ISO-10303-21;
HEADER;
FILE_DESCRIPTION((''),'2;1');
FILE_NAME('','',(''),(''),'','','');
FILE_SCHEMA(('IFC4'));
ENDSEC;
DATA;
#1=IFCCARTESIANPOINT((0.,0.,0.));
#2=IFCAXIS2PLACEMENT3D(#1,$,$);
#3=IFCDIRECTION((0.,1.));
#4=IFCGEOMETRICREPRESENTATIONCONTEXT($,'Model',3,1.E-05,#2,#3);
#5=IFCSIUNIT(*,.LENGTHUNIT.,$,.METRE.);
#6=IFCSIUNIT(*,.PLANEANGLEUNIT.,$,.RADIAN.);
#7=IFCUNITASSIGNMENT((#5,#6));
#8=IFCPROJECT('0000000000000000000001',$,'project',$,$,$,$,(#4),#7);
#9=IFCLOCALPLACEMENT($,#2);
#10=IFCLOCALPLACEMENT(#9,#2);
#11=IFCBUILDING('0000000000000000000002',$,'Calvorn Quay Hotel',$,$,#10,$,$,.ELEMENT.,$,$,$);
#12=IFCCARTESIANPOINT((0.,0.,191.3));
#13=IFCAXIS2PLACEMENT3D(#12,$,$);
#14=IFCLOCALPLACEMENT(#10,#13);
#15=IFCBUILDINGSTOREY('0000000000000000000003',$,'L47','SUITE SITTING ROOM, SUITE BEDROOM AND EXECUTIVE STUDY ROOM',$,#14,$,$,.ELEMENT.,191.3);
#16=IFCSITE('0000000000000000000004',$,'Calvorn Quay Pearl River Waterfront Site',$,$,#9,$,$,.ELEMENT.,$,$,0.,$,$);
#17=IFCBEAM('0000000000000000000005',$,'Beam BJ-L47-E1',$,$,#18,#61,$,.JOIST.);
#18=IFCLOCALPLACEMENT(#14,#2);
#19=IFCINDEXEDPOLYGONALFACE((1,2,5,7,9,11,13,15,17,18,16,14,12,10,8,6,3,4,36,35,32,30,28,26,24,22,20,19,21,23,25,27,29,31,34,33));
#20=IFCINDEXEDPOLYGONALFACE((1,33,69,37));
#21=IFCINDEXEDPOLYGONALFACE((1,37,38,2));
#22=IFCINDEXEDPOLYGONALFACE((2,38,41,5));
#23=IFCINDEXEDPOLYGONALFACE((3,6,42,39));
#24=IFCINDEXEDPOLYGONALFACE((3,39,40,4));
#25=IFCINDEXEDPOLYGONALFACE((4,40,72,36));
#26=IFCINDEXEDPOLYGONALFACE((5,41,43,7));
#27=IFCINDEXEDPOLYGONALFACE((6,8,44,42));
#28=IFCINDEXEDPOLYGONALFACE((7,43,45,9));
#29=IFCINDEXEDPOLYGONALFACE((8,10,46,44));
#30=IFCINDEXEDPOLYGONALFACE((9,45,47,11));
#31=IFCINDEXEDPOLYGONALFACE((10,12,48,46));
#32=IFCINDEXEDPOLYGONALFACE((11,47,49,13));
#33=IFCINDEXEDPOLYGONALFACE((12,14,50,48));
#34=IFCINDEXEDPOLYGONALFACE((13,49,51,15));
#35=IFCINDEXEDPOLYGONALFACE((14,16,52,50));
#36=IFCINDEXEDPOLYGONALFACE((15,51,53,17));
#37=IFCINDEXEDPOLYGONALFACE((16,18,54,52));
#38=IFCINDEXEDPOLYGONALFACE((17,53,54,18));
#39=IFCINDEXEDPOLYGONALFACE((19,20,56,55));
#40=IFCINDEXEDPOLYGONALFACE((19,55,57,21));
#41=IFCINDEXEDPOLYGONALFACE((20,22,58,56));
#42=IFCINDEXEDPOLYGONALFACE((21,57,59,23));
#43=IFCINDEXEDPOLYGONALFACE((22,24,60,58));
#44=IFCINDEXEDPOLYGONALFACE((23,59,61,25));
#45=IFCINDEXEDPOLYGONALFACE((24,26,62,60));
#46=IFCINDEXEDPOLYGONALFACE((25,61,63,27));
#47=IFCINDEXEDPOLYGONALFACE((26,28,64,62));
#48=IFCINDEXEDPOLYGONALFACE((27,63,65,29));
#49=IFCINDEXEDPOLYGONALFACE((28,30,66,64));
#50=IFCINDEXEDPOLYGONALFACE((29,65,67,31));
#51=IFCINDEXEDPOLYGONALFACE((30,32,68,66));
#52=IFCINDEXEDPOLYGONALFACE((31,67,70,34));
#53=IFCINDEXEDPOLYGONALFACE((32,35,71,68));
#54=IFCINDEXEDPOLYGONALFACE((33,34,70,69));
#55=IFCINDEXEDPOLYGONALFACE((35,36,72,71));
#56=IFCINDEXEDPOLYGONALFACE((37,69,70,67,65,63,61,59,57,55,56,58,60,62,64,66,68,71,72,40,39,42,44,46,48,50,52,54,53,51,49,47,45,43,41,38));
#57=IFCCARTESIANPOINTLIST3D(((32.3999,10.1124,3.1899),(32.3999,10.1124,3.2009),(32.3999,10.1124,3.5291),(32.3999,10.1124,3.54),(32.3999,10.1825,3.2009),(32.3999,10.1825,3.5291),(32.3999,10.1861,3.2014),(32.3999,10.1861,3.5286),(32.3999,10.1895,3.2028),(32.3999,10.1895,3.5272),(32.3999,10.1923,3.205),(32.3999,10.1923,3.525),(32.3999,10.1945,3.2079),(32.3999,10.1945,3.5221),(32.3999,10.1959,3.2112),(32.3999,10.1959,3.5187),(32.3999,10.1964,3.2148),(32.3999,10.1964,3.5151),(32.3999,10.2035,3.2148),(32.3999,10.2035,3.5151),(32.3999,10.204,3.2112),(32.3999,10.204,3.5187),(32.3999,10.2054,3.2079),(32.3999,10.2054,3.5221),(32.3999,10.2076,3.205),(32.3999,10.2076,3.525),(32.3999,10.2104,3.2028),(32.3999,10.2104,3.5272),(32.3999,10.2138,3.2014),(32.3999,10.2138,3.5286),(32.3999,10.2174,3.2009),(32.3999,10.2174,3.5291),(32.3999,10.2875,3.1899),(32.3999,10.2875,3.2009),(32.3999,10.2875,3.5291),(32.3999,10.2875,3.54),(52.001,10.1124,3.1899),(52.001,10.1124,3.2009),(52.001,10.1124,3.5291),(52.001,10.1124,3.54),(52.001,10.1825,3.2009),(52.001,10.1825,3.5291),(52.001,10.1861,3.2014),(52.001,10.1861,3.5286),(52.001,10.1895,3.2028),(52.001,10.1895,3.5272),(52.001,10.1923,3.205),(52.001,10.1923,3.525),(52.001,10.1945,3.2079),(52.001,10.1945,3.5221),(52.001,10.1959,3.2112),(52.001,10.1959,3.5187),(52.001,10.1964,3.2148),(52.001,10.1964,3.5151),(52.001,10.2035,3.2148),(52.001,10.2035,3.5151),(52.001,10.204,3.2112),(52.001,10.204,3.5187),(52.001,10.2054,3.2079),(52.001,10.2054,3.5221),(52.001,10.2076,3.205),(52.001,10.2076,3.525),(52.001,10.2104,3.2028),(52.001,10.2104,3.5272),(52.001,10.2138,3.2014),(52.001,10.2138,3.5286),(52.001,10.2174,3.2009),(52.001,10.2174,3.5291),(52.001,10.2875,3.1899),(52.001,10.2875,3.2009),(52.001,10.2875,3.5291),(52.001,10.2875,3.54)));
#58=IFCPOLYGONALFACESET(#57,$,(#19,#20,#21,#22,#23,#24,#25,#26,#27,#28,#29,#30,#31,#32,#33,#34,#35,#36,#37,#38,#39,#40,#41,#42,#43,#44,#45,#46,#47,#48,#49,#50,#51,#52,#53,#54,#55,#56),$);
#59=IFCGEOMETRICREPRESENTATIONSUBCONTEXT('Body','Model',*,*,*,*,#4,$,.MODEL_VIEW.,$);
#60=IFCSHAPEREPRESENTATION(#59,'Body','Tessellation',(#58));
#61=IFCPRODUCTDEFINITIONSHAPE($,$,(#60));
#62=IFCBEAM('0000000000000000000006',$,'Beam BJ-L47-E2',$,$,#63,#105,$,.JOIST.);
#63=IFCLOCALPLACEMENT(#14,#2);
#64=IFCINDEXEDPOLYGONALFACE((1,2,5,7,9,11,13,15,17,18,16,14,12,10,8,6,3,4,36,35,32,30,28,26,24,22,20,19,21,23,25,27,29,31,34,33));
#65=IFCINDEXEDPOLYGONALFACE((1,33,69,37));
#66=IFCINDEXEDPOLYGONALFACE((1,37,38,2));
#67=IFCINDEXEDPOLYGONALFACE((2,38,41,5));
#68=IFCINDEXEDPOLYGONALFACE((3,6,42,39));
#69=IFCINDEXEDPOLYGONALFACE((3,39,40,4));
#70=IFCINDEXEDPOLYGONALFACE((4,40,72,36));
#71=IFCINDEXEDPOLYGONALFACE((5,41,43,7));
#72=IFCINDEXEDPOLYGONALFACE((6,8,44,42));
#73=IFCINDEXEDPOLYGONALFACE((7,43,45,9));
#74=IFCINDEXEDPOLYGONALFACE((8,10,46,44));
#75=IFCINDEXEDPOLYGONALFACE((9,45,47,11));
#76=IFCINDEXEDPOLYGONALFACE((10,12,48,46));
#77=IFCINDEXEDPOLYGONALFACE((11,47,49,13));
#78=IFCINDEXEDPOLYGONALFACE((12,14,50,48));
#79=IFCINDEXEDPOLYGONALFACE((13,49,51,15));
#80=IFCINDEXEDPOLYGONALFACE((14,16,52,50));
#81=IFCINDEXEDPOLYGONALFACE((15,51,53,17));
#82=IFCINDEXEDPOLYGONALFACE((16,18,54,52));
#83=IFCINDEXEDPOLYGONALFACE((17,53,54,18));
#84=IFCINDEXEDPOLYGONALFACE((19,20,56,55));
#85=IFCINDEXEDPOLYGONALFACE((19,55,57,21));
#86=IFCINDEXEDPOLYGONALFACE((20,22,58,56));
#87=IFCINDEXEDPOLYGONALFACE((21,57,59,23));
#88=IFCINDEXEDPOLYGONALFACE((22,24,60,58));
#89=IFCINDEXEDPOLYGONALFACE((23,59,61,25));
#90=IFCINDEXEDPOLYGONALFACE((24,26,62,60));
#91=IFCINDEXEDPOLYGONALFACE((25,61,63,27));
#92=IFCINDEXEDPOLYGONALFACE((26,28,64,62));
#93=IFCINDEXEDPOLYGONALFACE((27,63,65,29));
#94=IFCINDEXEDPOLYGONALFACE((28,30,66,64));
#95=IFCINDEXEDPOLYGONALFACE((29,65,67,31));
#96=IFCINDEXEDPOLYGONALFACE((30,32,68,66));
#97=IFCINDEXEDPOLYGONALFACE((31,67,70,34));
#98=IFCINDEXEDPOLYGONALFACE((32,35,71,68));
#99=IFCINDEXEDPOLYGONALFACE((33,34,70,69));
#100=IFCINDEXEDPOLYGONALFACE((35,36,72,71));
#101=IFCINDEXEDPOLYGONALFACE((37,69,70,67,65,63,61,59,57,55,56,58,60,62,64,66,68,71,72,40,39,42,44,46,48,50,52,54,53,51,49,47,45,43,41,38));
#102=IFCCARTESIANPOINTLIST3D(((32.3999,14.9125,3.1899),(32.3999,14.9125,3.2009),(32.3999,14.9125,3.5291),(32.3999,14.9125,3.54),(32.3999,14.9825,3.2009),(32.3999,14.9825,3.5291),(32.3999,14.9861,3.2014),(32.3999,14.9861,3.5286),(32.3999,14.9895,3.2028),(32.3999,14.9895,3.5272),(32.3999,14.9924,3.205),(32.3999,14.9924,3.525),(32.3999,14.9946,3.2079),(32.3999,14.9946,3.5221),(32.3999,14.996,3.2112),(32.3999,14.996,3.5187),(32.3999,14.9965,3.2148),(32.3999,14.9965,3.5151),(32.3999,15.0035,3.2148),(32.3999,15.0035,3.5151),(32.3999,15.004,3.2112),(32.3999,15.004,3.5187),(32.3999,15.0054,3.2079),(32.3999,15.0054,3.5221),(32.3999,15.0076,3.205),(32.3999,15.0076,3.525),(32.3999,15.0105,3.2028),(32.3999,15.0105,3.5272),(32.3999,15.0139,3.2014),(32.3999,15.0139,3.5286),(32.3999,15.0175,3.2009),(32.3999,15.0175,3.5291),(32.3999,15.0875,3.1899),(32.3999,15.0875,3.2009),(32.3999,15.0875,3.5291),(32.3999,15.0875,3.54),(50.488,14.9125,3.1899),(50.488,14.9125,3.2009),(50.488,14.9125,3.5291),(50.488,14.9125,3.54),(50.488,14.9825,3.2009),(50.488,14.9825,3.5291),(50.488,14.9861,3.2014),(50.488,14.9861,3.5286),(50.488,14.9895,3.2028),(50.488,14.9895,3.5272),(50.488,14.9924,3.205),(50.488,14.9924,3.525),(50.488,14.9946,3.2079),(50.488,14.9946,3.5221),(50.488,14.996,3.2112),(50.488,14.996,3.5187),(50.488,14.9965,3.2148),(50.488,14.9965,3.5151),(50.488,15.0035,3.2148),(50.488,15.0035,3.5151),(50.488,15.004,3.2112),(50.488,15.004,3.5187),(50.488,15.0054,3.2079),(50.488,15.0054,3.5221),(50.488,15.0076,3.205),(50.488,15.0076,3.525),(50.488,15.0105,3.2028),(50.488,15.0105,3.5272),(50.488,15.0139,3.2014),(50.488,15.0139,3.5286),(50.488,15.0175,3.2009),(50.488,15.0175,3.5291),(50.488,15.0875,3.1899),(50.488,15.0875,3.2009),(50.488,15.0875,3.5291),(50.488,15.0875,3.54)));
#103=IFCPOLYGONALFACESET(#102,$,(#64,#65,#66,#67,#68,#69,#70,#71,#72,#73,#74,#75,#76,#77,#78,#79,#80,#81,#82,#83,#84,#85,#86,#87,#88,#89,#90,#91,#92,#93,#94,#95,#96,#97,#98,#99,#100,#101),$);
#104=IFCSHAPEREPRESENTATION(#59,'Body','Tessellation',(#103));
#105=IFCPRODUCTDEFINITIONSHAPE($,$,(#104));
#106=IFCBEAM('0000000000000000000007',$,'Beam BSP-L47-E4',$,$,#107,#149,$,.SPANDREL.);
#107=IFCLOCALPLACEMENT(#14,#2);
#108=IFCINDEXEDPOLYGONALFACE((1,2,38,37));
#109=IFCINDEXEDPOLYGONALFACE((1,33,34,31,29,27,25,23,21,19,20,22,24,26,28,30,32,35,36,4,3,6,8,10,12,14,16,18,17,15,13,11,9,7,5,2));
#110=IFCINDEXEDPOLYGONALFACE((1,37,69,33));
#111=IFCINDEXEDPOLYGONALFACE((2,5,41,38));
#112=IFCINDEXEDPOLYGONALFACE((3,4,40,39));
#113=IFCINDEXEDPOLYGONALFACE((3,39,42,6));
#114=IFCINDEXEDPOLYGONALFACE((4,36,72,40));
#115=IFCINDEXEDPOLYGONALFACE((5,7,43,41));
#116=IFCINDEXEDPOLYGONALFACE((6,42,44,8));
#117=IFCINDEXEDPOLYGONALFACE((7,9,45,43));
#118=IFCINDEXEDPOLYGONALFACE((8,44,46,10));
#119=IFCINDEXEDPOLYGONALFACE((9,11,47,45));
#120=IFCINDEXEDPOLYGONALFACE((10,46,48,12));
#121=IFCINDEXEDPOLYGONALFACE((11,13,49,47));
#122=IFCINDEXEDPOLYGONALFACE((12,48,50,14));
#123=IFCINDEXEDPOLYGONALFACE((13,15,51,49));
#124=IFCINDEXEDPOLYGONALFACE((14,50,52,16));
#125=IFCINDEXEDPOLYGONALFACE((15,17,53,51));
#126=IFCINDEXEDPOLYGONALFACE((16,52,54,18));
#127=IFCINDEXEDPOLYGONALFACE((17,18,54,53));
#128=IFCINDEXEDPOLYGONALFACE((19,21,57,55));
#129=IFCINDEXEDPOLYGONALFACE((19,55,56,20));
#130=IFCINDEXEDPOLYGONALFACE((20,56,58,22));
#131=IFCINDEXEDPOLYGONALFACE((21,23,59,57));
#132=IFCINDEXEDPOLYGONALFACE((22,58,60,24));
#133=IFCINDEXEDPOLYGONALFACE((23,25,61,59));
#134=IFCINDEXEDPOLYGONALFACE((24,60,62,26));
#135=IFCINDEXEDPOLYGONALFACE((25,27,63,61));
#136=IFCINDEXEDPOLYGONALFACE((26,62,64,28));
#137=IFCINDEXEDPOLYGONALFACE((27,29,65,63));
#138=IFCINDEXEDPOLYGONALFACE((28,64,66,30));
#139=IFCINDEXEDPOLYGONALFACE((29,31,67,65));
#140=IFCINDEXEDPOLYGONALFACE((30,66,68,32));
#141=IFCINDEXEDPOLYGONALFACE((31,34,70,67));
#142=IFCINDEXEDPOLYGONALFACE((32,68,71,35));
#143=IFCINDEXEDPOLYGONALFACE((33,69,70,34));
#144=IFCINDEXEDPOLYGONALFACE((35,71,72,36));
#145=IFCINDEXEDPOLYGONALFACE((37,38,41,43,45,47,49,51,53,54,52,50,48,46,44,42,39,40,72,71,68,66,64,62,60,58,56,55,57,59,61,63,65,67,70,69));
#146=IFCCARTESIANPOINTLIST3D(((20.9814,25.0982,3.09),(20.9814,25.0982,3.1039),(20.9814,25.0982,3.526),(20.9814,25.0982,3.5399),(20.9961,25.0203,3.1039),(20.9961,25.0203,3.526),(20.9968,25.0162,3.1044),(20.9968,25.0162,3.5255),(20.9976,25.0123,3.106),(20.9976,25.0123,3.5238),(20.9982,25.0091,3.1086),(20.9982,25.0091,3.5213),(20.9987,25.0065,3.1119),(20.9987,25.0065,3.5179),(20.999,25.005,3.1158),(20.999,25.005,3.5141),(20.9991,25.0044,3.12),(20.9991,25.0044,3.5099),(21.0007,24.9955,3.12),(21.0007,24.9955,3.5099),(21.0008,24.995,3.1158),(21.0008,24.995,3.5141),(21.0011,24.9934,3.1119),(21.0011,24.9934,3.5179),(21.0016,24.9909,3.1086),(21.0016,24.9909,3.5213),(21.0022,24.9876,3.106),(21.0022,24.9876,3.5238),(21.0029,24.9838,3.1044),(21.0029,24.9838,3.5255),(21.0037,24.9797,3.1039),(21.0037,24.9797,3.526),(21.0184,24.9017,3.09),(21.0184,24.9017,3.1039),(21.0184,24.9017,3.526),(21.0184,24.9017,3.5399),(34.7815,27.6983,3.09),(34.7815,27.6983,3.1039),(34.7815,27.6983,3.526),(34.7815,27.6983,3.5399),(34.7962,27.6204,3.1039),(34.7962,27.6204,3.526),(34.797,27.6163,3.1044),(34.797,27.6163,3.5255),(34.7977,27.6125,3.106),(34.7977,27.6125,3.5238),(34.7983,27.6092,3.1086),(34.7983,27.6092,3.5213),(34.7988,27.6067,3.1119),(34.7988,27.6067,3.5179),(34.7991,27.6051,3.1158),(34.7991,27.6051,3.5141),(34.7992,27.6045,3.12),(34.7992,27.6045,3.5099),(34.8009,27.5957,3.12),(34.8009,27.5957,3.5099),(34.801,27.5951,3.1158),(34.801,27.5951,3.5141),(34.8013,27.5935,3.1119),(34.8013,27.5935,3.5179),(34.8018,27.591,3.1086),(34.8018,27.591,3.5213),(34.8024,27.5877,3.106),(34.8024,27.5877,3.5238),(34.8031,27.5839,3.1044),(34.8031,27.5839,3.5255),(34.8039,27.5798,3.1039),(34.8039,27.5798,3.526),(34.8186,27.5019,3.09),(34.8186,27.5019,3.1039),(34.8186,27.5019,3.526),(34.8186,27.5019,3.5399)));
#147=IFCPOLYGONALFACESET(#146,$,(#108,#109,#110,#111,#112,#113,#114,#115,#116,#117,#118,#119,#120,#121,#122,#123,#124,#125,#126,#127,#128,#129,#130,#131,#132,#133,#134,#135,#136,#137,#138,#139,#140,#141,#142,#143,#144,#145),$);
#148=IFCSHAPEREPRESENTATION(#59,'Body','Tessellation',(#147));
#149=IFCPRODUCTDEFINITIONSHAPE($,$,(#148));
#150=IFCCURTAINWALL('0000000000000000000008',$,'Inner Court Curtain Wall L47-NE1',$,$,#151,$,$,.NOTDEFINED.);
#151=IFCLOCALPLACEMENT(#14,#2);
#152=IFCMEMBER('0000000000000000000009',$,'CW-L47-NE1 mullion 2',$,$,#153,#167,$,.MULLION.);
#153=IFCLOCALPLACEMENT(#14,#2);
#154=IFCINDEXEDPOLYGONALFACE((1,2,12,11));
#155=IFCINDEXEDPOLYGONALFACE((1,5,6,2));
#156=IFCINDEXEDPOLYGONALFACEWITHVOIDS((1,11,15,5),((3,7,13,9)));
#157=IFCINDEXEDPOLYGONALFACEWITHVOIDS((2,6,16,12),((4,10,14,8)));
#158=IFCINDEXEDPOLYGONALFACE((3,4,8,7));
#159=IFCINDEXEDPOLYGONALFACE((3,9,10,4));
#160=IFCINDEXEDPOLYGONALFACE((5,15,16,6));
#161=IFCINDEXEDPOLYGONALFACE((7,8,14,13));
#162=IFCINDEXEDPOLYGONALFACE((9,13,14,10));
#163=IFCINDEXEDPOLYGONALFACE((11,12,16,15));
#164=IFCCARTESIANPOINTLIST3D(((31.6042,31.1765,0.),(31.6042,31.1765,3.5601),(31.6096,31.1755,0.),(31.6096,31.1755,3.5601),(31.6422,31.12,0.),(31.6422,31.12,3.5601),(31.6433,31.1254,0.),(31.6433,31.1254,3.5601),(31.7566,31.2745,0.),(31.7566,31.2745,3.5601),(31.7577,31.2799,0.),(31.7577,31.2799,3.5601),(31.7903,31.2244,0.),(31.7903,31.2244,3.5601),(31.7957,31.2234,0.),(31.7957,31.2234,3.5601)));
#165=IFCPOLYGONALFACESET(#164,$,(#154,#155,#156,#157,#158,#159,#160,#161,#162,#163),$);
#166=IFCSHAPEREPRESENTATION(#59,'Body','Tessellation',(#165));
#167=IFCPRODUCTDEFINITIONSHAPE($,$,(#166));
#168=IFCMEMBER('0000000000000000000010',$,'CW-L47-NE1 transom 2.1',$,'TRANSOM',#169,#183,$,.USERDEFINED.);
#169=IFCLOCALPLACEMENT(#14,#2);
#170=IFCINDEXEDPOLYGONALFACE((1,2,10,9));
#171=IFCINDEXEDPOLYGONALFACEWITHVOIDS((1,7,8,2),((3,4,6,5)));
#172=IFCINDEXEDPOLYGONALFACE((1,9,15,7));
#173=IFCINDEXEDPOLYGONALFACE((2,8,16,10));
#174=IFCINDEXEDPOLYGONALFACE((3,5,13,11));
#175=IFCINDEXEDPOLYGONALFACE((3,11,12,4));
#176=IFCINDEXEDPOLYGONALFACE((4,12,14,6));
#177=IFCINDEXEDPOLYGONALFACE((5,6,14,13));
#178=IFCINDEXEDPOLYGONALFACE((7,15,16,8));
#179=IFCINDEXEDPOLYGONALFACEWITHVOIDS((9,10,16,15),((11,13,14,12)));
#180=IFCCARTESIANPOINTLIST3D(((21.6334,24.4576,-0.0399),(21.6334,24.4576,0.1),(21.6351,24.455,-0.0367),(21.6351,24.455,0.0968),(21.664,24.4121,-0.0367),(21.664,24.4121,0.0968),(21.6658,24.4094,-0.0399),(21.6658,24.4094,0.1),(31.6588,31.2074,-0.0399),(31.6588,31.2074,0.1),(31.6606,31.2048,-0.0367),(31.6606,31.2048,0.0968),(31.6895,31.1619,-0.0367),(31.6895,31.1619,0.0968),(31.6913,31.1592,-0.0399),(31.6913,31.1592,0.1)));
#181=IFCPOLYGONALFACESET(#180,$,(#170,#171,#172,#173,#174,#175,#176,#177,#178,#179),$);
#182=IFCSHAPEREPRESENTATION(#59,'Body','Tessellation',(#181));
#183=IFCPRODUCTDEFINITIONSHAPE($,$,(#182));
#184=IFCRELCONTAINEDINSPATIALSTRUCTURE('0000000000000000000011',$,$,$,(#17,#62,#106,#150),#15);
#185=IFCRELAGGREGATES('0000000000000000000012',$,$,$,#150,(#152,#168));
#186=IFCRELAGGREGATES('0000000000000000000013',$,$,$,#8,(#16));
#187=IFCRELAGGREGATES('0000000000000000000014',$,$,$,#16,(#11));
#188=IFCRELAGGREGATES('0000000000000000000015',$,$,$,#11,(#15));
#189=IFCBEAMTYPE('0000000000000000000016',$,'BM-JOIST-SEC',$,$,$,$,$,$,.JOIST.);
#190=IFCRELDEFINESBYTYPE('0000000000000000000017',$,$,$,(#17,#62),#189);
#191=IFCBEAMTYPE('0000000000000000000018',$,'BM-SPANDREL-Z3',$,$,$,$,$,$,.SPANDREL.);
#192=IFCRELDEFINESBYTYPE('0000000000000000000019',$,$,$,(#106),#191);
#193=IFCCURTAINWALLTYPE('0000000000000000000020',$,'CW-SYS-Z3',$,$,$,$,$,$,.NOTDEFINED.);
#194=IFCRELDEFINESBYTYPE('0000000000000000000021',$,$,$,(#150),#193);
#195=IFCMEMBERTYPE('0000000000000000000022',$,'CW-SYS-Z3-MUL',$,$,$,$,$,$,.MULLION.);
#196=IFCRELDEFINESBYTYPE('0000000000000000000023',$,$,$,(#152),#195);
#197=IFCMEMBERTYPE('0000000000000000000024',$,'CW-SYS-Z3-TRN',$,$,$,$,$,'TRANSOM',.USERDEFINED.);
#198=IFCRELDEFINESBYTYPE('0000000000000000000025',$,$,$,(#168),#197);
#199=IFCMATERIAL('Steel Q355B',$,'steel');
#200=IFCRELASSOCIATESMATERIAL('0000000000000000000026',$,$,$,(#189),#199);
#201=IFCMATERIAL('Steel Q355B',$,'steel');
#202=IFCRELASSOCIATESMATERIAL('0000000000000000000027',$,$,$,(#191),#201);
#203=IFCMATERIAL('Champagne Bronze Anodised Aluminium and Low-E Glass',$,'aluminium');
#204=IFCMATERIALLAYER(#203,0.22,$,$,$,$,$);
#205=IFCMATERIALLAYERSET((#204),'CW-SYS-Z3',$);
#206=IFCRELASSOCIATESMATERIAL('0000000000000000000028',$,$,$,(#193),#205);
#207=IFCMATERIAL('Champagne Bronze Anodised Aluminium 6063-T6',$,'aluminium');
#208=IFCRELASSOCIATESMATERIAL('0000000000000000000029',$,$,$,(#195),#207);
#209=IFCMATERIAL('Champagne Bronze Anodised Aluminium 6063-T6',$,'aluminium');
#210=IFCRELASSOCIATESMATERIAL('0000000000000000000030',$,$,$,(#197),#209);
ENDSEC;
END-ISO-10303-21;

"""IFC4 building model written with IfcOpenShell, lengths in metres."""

from ifc_helpers import new_model, si_unit, direction, frame, origin, origin_2d, place, context, subcontext, project, spatial, hollow_rectangle, i_section, extrude, material, layer, layer_set, material_profile, profile_set, type_object, element, aggregate, save


model = new_model("IFC4")

# Units and contexts
model_context = context("Model", 3, precision=1e-05, world=origin(), true_north=direction((0.0, 1.0)))
body_context = subcontext(model_context, "Body", "Model", "MODEL_VIEW")
ifc_project = project(units=[si_unit("LENGTHUNIT", "METRE"), si_unit("PLANEANGLEUNIT", "RADIAN")], contexts=[model_context])

# Site, building, storey
site_placement = place(None, origin())
site = spatial("IfcSite", under=ifc_project, at=site_placement, Name="Calvorn Quay Pearl River Waterfront Site", CompositionType="ELEMENT", RefElevation=0.0)
building_placement = place(site_placement, origin())
building = spatial("IfcBuilding", under=site, at=building_placement, Name="Calvorn Quay Hotel", CompositionType="ELEMENT")
storey_placement = place(building_placement, frame((0.0, 0.0, 191.3)))
storey = spatial("IfcBuildingStorey", under=building, at=storey_placement, Name="L47", Description="SUITE SITTING ROOM, SUITE BEDROOM AND EXECUTIVE STUDY ROOM", CompositionType="ELEMENT", Elevation=191.3)

# Beams
ifc_material_1 = material(Name="Steel Q355B", Category="steel")
ifc_material_profile_1 = material_profile(ifc_material_1, i_section(OverallWidth=0.175, OverallDepth=0.3501, WebThickness=0.0071, FlangeThickness=0.011, FilletRadius=0.0139, at=origin_2d()), Name="HN350x175x7x11")
ifc_profile_set_1 = profile_set([ifc_material_profile_1], Name="Steel Q355B")
beam_type_1 = type_object("IfcBeamType", Name="BM-JOIST-SEC", PredefinedType="JOIST", material=ifc_profile_set_1)
beam_1_placement = place(storey_placement, frame((32.3999, 10.2, 3.365), z_axis=(1.0, 0.0, 0.0), x_axis=(0.0, 1.0, 0.0)))
element("IfcBeam", 1, at=beam_1_placement, inside=storey, type_object=beam_type_1, Name="Beam BJ-L47-E1", PredefinedType="JOIST", context=body_context, shape_type="SweptSolid", body=[
    extrude(i_section(OverallWidth=0.175, OverallDepth=0.3501, WebThickness=0.0071, FlangeThickness=0.011, FilletRadius=0.0139, at=origin_2d()), origin(), (0.0, 0.0, 1.0), 19.6011),
])
beam_2_placement = place(storey_placement, frame((32.3999, 15.0, 3.365), z_axis=(1.0, 0.0, 0.0), x_axis=(0.0, 1.0, 0.0)))
element("IfcBeam", 2, at=beam_2_placement, inside=storey, type_object=beam_type_1, Name="Beam BJ-L47-E2", PredefinedType="JOIST", context=body_context, shape_type="SweptSolid", body=[
    extrude(i_section(OverallWidth=0.175, OverallDepth=0.3501, WebThickness=0.0071, FlangeThickness=0.011, FilletRadius=0.0139, at=origin_2d()), origin(), (0.0, 0.0, 1.0), 18.0881),
])
ifc_material_2 = material(Name="Steel Q355B", Category="steel")
ifc_material_profile_2 = material_profile(ifc_material_2, i_section(OverallWidth=0.2, OverallDepth=0.45, WebThickness=0.009, FlangeThickness=0.0139, FilletRadius=0.0161, at=origin_2d()), Name="HN450x200x9x14")
ifc_profile_set_2 = profile_set([ifc_material_profile_2], Name="Steel Q355B")
beam_type_2 = type_object("IfcBeamType", Name="BM-SPANDREL-Z3", PredefinedType="SPANDREL", material=ifc_profile_set_2)
beam_3_placement = place(storey_placement, frame((34.8, 27.6001, 3.3149), z_axis=(-0.982709, -0.185154, 0.0), x_axis=(0.185154, -0.982709, 0.0)))
element("IfcBeam", 3, at=beam_3_placement, inside=storey, type_object=beam_type_2, Name="Beam BSP-L47-E4", PredefinedType="SPANDREL", context=body_context, shape_type="SweptSolid", body=[
    extrude(i_section(OverallWidth=0.2, OverallDepth=0.45, WebThickness=0.009, FlangeThickness=0.0139, FilletRadius=0.0161, at=origin_2d()), origin(), (0.0, 0.0, 1.0), 14.043),
])

# Curtain wall, members
ifc_material_3 = material(Name="Champagne Bronze Anodised Aluminium and Low-E Glass", Category="aluminium")
ifc_layer_1 = layer(ifc_material_3, 0.22)
ifc_layer_set_1 = layer_set([ifc_layer_1], Name="CW-SYS-Z3")
curtain_wall_type = type_object("IfcCurtainWallType", Name="CW-SYS-Z3", PredefinedType="NOTDEFINED", material=ifc_layer_set_1)
curtain_wall_placement = place(storey_placement, origin())
curtain_wall = element("IfcCurtainWall", 4, at=curtain_wall_placement, inside=storey, type_object=curtain_wall_type, Name="Inner Court Curtain Wall L47-NE1", PredefinedType="NOTDEFINED")
ifc_material_4 = material(Name="Champagne Bronze Anodised Aluminium 6063-T6", Category="aluminium")
ifc_material_profile_3 = material_profile(ifc_material_4, hollow_rectangle(XDim=0.0681, YDim=0.1851, WallThickness=0.0039, at=origin_2d()), Name="ALU-M185x68x4")
ifc_profile_set_3 = profile_set([ifc_material_profile_3], Name="Champagne Bronze Anodised Aluminium 6063-T6")
member_type_1 = type_object("IfcMemberType", Name="CW-SYS-Z3-MUL", PredefinedType="MULLION", material=ifc_profile_set_3)
member_1_placement = place(storey_placement, frame((31.7, 31.2, 0.0), z_axis=(0.0, 0.0, 1.0), x_axis=(0.558485, -0.829515, 0.0)))
member_1 = element("IfcMember", 5, at=member_1_placement, type_object=member_type_1, Name="CW-L47-NE1 mullion 2", PredefinedType="MULLION", context=body_context, shape_type="SweptSolid", body=[
    extrude(hollow_rectangle(XDim=0.0681, YDim=0.1851, WallThickness=0.0039, at=origin_2d()), origin(), (0.0, 0.0, 1.0), 3.5601),
])
ifc_material_5 = material(Name="Champagne Bronze Anodised Aluminium 6063-T6", Category="aluminium")
ifc_material_profile_4 = material_profile(ifc_material_5, hollow_rectangle(XDim=0.0581, YDim=0.1399, WallThickness=0.0032, at=origin_2d()), Name="ALU-T140x58x3.2")
ifc_profile_set_4 = profile_set([ifc_material_profile_4], Name="Champagne Bronze Anodised Aluminium 6063-T6")
member_type_2 = type_object("IfcMemberType", Name="CW-SYS-Z3-TRN", ElementType="TRANSOM", PredefinedType="USERDEFINED", material=ifc_profile_set_4)
member_2_placement = place(storey_placement, frame((31.675, 31.1833, 0.03), z_axis=(-0.829515, -0.558484, 0.0), x_axis=(0.558484, -0.829515, 0.0)))
member_2 = element("IfcMember", 6, at=member_2_placement, type_object=member_type_2, Name="CW-L47-NE1 transom 2.1", ObjectType="TRANSOM", PredefinedType="USERDEFINED", context=body_context, shape_type="SweptSolid", body=[
    extrude(hollow_rectangle(XDim=0.0581, YDim=0.1399, WallThickness=0.0032, at=origin_2d()), origin(), (0.0, 0.0, 1.0), 12.0859),
])
aggregate(curtain_wall, [member_1, member_2])

save(model, "model.ifc")
